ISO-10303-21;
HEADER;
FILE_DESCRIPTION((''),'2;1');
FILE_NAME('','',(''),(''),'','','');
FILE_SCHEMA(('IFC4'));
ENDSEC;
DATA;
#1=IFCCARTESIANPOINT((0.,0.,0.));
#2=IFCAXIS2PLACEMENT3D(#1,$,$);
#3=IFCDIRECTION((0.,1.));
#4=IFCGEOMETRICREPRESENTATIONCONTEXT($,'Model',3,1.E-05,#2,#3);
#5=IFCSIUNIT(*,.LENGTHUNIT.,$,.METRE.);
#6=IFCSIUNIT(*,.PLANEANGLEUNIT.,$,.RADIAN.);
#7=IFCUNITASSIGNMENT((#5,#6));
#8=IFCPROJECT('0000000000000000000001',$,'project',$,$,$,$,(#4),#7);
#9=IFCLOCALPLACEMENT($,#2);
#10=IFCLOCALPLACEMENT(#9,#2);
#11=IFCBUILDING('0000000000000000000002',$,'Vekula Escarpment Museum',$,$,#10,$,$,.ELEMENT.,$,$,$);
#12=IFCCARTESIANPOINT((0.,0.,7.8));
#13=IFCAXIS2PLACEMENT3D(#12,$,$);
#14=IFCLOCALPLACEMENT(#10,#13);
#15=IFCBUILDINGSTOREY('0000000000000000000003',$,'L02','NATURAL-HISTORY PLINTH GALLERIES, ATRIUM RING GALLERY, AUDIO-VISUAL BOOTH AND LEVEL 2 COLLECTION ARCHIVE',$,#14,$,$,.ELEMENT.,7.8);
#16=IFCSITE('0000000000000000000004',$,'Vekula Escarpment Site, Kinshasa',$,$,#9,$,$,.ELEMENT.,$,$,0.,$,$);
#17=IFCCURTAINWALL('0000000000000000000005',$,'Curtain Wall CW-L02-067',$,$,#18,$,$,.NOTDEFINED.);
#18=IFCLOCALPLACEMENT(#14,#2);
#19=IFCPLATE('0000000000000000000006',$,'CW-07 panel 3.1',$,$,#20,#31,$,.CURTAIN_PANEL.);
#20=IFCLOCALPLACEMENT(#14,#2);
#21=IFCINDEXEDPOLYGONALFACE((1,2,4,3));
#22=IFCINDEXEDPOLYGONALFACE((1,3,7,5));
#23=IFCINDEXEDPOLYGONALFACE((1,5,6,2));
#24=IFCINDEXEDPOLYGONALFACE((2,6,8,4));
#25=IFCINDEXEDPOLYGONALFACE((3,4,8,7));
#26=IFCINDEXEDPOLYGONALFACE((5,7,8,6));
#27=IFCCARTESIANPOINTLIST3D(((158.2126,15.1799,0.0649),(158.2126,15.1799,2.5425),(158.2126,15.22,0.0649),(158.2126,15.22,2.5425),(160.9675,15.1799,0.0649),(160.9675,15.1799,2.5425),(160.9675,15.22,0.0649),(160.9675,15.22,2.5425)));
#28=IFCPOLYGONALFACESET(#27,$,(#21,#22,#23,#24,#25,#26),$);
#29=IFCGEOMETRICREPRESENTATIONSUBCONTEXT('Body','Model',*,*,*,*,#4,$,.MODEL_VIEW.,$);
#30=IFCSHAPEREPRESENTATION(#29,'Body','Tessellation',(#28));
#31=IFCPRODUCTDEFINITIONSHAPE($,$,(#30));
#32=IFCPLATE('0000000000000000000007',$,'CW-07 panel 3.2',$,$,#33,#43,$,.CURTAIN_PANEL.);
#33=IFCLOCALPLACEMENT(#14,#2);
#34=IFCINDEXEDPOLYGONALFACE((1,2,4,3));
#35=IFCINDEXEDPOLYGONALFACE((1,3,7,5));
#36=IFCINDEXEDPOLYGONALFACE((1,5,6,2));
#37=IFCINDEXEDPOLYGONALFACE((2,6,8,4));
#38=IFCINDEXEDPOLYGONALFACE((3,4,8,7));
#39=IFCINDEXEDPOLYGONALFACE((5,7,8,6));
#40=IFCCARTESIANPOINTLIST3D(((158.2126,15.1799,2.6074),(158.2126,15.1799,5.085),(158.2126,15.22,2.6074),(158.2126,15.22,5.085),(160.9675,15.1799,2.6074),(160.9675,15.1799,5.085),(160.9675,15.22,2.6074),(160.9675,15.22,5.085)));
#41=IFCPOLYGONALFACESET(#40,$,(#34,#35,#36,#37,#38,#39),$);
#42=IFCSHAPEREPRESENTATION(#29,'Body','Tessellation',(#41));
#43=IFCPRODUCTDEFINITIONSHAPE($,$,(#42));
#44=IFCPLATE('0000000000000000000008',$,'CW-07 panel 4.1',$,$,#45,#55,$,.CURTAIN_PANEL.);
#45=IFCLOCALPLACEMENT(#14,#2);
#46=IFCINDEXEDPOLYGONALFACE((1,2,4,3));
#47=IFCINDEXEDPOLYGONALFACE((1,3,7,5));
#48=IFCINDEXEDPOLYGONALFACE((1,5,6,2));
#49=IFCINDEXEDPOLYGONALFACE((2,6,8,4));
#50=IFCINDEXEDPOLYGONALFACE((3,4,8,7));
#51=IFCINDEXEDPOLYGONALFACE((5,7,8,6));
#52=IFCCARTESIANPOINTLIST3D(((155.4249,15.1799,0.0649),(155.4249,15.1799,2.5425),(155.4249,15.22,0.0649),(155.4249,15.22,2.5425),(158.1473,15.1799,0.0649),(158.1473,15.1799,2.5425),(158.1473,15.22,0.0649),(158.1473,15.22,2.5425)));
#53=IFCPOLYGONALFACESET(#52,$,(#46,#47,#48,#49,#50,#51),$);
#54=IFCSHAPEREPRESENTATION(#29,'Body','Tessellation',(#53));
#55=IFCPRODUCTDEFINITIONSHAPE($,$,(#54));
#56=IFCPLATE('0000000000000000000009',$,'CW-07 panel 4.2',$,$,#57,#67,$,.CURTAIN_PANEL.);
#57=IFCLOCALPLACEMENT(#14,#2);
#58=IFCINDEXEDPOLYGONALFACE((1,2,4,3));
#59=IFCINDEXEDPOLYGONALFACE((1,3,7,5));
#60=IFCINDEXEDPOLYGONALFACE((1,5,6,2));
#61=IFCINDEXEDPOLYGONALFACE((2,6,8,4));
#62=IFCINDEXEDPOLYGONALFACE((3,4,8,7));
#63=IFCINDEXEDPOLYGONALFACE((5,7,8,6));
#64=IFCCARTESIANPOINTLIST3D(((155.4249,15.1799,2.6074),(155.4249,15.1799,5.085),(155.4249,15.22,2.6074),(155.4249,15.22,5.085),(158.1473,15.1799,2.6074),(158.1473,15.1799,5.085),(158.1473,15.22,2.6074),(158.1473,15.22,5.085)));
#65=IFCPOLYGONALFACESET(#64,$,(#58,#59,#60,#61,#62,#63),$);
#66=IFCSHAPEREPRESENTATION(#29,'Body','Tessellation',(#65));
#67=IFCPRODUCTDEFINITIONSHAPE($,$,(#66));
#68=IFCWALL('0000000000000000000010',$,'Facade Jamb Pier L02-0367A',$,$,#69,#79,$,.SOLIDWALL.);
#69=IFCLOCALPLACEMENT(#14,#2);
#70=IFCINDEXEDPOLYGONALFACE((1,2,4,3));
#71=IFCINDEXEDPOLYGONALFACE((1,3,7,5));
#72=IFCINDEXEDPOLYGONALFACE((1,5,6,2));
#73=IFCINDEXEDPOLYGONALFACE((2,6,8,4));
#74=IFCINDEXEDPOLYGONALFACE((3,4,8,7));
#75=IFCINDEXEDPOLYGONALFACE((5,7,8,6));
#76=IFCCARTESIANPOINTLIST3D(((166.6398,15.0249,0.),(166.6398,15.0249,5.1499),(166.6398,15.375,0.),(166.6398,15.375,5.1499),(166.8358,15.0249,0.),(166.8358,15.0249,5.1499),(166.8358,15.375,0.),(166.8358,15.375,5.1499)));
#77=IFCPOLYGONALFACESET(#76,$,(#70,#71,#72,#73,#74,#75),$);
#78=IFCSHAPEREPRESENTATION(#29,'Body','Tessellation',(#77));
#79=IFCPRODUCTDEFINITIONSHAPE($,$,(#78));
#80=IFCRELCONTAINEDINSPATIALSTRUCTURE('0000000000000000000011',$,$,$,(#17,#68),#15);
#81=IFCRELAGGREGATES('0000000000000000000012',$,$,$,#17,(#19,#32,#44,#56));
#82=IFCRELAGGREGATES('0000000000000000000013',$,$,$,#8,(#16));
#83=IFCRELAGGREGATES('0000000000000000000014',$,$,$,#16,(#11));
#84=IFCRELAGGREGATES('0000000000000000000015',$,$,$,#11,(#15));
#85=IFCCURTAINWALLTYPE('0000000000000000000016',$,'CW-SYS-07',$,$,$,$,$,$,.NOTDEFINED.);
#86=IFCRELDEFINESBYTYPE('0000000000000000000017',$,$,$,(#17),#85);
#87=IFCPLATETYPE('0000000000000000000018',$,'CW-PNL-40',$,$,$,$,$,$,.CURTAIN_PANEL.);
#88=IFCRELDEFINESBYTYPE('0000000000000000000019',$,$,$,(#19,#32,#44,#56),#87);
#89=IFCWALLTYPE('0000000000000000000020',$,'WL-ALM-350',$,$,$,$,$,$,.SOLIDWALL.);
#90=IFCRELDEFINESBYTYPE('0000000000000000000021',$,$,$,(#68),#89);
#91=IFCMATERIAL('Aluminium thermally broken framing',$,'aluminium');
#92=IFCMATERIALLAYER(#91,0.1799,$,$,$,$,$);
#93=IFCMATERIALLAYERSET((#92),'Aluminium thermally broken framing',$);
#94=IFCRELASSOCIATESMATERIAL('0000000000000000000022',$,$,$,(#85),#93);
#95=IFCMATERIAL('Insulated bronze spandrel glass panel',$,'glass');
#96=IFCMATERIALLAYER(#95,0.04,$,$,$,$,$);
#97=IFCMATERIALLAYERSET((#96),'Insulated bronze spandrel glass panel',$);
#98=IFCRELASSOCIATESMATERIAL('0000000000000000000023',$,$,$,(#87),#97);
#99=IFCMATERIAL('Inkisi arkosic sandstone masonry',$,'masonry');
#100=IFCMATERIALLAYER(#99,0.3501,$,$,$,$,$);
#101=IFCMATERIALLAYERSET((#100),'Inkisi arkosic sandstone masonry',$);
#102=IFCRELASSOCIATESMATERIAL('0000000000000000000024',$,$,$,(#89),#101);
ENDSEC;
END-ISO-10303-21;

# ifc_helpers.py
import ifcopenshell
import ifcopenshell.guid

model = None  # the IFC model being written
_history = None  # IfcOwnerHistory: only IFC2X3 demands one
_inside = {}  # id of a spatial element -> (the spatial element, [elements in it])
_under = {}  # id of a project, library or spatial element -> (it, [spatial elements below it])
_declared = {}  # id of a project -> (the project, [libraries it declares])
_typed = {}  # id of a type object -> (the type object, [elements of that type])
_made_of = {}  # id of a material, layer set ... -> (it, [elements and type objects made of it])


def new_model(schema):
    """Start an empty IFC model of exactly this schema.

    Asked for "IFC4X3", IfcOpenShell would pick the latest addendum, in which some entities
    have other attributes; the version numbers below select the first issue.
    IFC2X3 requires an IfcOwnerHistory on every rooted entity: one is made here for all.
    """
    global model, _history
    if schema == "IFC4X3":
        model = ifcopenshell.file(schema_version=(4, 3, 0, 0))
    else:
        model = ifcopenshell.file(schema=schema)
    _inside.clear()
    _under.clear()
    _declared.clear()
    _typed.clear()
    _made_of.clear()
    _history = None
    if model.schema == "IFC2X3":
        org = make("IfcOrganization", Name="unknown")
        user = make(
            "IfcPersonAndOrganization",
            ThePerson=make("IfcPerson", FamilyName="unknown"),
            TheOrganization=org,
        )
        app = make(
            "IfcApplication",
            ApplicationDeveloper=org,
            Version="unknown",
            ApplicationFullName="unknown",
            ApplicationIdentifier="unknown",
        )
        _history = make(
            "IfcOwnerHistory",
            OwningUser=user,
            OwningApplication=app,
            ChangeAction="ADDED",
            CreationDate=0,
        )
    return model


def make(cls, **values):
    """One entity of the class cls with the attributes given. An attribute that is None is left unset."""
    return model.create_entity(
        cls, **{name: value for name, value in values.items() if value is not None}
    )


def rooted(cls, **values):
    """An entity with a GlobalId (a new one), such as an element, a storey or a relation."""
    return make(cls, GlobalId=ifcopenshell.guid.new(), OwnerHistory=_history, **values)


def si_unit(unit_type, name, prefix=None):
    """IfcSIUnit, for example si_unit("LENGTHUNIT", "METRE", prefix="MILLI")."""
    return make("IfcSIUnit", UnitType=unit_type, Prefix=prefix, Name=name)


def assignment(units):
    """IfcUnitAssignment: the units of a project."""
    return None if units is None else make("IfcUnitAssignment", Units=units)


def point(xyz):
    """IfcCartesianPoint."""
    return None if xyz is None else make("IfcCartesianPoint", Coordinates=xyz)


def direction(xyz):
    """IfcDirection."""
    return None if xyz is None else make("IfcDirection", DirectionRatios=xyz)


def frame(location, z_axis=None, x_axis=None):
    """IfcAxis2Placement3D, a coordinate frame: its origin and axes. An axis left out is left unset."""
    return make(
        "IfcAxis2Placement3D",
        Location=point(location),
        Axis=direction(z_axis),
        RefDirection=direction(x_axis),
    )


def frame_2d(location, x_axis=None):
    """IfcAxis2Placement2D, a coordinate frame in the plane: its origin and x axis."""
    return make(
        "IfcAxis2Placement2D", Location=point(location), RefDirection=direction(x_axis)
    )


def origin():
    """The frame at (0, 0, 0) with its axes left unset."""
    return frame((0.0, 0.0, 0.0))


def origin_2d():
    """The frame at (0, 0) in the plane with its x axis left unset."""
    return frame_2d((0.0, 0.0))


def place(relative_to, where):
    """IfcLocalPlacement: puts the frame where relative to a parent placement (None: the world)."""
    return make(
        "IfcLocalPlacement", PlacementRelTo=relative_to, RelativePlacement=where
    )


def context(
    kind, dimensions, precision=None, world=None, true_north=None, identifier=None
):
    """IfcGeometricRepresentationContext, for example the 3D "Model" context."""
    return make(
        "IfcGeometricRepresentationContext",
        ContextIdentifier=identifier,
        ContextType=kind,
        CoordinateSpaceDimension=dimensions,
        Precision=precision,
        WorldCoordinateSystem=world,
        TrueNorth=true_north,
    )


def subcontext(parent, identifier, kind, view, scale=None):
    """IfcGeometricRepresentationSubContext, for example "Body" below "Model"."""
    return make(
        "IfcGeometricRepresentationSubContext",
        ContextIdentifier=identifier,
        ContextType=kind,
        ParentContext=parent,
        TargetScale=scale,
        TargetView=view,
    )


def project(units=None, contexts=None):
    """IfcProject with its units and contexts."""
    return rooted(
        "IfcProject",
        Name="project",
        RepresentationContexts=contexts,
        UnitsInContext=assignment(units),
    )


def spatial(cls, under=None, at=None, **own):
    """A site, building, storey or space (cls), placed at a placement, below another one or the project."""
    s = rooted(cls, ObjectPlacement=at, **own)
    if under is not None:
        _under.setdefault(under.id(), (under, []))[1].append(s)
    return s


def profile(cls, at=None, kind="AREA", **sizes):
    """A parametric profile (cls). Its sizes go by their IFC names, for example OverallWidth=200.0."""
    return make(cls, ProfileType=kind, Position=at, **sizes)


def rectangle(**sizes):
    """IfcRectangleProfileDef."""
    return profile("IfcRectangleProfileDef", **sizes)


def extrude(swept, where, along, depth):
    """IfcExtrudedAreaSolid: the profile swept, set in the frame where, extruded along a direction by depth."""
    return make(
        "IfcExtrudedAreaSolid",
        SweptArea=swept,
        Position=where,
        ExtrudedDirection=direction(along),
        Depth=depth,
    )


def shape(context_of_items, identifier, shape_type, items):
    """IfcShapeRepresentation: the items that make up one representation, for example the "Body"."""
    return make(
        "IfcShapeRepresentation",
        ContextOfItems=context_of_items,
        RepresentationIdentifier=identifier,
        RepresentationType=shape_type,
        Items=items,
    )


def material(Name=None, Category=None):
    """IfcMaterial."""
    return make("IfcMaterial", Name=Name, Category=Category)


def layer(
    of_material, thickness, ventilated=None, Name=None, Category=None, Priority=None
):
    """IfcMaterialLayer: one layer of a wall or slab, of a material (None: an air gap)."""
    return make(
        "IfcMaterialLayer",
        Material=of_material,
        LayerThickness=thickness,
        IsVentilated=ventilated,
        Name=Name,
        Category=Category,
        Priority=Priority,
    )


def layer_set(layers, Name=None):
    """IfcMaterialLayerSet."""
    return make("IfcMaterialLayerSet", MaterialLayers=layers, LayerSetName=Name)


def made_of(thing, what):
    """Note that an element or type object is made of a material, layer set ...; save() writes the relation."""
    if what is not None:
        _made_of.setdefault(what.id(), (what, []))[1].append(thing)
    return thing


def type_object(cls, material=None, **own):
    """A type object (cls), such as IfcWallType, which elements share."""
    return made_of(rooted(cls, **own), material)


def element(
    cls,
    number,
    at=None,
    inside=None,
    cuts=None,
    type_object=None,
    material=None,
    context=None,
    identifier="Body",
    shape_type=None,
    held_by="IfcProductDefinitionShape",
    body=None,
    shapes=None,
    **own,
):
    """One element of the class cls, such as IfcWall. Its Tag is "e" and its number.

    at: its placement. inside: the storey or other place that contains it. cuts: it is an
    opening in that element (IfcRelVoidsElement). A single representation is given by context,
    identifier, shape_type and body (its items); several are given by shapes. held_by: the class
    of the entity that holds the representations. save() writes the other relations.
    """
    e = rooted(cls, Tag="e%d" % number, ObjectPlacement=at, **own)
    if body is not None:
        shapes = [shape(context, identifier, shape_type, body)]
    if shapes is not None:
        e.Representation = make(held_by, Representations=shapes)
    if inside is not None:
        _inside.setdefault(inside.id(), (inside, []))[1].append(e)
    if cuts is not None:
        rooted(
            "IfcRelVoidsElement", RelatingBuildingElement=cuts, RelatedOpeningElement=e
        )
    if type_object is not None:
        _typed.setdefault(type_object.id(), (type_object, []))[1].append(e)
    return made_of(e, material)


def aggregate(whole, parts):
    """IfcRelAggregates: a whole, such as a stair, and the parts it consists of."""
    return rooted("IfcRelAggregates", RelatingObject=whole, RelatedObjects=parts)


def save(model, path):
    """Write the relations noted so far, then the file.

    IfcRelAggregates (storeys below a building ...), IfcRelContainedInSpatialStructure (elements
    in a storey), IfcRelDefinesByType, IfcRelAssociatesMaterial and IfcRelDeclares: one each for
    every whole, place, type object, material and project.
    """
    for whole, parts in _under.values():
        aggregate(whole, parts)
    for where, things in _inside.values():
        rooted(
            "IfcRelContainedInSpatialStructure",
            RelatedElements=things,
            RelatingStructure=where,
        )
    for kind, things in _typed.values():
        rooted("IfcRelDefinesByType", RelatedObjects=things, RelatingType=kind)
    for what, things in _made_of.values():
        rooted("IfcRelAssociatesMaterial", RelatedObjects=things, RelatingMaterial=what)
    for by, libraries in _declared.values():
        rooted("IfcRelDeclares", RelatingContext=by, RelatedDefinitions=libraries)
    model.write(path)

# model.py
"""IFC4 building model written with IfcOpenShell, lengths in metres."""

from ifc_helpers import new_model, si_unit, direction, frame, frame_2d, origin, origin_2d, place, context, subcontext, project, spatial, rectangle, extrude, material, layer, layer_set, type_object, element, aggregate, save


model = new_model("IFC4")

# Units and contexts
model_context = context("Model", 3, precision=1e-05, world=origin(), true_north=direction((0.0, 1.0)))
body_context = subcontext(model_context, "Body", "Model", "MODEL_VIEW")
ifc_project = project(units=[si_unit("LENGTHUNIT", "METRE"), si_unit("PLANEANGLEUNIT", "RADIAN")], contexts=[model_context])

# Site, building, storey
site_placement = place(None, origin())
site = spatial("IfcSite", under=ifc_project, at=site_placement, Name="Vekula Escarpment Site, Kinshasa", CompositionType="ELEMENT", RefElevation=0.0)
building_placement = place(site_placement, origin())
building = spatial("IfcBuilding", under=site, at=building_placement, Name="Vekula Escarpment Museum", CompositionType="ELEMENT")
storey_placement = place(building_placement, frame((0.0, 0.0, 7.8)))
storey = spatial("IfcBuildingStorey", under=building, at=storey_placement, Name="L02", Description="NATURAL-HISTORY PLINTH GALLERIES, ATRIUM RING GALLERY, AUDIO-VISUAL BOOTH AND LEVEL 2 COLLECTION ARCHIVE", CompositionType="ELEMENT", Elevation=7.8)

# Curtain wall, plates
ifc_material_1 = material(Name="Aluminium thermally broken framing", Category="aluminium")
ifc_layer_1 = layer(ifc_material_1, 0.1799)
ifc_layer_set_1 = layer_set([ifc_layer_1], Name="Aluminium thermally broken framing")
curtain_wall_type = type_object("IfcCurtainWallType", Name="CW-SYS-07", PredefinedType="NOTDEFINED", material=ifc_layer_set_1)
curtain_wall_placement = place(storey_placement, origin())
curtain_wall = element("IfcCurtainWall", 1, at=curtain_wall_placement, inside=storey, type_object=curtain_wall_type, Name="Curtain Wall CW-L02-067", PredefinedType="NOTDEFINED")
ifc_material_2 = material(Name="Insulated bronze spandrel glass panel", Category="glass")
ifc_layer_2 = layer(ifc_material_2, 0.04)
ifc_layer_set_2 = layer_set([ifc_layer_2], Name="Insulated bronze spandrel glass panel")
plate_type = type_object("IfcPlateType", Name="CW-PNL-40", PredefinedType="CURTAIN_PANEL", material=ifc_layer_set_2)
plate_1_placement = place(storey_placement, frame((159.5901, 15.2, 0.0649), z_axis=(0.0, 0.0, 1.0), x_axis=(-1.0, 0.0, 0.0)))
plate_1 = element("IfcPlate", 2, at=plate_1_placement, type_object=plate_type, Name="CW-07 panel 3.1", PredefinedType="CURTAIN_PANEL", context=body_context, shape_type="SweptSolid", body=[
    extrude(rectangle(XDim=2.7549, YDim=0.04, at=origin_2d()), origin(), (0.0, 0.0, 1.0), 2.4775),
])
plate_2_placement = place(storey_placement, frame((159.5901, 15.2, 2.6074), z_axis=(0.0, 0.0, 1.0), x_axis=(-1.0, 0.0, 0.0)))
plate_2 = element("IfcPlate", 3, at=plate_2_placement, type_object=plate_type, Name="CW-07 panel 3.2", PredefinedType="CURTAIN_PANEL", context=body_context, shape_type="SweptSolid", body=[
    extrude(rectangle(XDim=2.7549, YDim=0.04, at=origin_2d()), origin(), (0.0, 0.0, 1.0), 2.4775),
])
plate_3_placement = place(storey_placement, frame((156.7861, 15.2, 0.0649), z_axis=(0.0, 0.0, 1.0), x_axis=(-1.0, 0.0, 0.0)))
plate_3 = element("IfcPlate", 4, at=plate_3_placement, type_object=plate_type, Name="CW-07 panel 4.1", PredefinedType="CURTAIN_PANEL", context=body_context, shape_type="SweptSolid", body=[
    extrude(rectangle(XDim=2.7224, YDim=0.04, at=origin_2d()), origin(), (0.0, 0.0, 1.0), 2.4775),
])
plate_4_placement = place(storey_placement, frame((156.7861, 15.2, 2.6074), z_axis=(0.0, 0.0, 1.0), x_axis=(-1.0, 0.0, 0.0)))
plate_4 = element("IfcPlate", 5, at=plate_4_placement, type_object=plate_type, Name="CW-07 panel 4.2", PredefinedType="CURTAIN_PANEL", context=body_context, shape_type="SweptSolid", body=[
    extrude(rectangle(XDim=2.7224, YDim=0.04, at=origin_2d()), origin(), (0.0, 0.0, 1.0), 2.4775),
])
aggregate(curtain_wall, [plate_1, plate_2, plate_3, plate_4])

# Wall
ifc_material_3 = material(Name="Inkisi arkosic sandstone masonry", Category="masonry")
ifc_layer_3 = layer(ifc_material_3, 0.3501)
ifc_layer_set_3 = layer_set([ifc_layer_3], Name="Inkisi arkosic sandstone masonry")
wall_type = type_object("IfcWallType", Name="WL-ALM-350", PredefinedType="SOLIDWALL", material=ifc_layer_set_3)
wall_placement = place(storey_placement, frame((166.8359, 15.2, 0.0), z_axis=(0.0, 0.0, 1.0), x_axis=(-1.0, 0.0, 0.0)))
element("IfcWall", 6, at=wall_placement, inside=storey, type_object=wall_type, Name="Facade Jamb Pier L02-0367A", PredefinedType="SOLIDWALL", context=body_context, shape_type="SweptSolid", body=[
    extrude(rectangle(XDim=0.196, YDim=0.3501, at=frame_2d((0.0981, 0.0))), origin(), (0.0, 0.0, 1.0), 5.1499),
])

save(model, "model.ifc")
